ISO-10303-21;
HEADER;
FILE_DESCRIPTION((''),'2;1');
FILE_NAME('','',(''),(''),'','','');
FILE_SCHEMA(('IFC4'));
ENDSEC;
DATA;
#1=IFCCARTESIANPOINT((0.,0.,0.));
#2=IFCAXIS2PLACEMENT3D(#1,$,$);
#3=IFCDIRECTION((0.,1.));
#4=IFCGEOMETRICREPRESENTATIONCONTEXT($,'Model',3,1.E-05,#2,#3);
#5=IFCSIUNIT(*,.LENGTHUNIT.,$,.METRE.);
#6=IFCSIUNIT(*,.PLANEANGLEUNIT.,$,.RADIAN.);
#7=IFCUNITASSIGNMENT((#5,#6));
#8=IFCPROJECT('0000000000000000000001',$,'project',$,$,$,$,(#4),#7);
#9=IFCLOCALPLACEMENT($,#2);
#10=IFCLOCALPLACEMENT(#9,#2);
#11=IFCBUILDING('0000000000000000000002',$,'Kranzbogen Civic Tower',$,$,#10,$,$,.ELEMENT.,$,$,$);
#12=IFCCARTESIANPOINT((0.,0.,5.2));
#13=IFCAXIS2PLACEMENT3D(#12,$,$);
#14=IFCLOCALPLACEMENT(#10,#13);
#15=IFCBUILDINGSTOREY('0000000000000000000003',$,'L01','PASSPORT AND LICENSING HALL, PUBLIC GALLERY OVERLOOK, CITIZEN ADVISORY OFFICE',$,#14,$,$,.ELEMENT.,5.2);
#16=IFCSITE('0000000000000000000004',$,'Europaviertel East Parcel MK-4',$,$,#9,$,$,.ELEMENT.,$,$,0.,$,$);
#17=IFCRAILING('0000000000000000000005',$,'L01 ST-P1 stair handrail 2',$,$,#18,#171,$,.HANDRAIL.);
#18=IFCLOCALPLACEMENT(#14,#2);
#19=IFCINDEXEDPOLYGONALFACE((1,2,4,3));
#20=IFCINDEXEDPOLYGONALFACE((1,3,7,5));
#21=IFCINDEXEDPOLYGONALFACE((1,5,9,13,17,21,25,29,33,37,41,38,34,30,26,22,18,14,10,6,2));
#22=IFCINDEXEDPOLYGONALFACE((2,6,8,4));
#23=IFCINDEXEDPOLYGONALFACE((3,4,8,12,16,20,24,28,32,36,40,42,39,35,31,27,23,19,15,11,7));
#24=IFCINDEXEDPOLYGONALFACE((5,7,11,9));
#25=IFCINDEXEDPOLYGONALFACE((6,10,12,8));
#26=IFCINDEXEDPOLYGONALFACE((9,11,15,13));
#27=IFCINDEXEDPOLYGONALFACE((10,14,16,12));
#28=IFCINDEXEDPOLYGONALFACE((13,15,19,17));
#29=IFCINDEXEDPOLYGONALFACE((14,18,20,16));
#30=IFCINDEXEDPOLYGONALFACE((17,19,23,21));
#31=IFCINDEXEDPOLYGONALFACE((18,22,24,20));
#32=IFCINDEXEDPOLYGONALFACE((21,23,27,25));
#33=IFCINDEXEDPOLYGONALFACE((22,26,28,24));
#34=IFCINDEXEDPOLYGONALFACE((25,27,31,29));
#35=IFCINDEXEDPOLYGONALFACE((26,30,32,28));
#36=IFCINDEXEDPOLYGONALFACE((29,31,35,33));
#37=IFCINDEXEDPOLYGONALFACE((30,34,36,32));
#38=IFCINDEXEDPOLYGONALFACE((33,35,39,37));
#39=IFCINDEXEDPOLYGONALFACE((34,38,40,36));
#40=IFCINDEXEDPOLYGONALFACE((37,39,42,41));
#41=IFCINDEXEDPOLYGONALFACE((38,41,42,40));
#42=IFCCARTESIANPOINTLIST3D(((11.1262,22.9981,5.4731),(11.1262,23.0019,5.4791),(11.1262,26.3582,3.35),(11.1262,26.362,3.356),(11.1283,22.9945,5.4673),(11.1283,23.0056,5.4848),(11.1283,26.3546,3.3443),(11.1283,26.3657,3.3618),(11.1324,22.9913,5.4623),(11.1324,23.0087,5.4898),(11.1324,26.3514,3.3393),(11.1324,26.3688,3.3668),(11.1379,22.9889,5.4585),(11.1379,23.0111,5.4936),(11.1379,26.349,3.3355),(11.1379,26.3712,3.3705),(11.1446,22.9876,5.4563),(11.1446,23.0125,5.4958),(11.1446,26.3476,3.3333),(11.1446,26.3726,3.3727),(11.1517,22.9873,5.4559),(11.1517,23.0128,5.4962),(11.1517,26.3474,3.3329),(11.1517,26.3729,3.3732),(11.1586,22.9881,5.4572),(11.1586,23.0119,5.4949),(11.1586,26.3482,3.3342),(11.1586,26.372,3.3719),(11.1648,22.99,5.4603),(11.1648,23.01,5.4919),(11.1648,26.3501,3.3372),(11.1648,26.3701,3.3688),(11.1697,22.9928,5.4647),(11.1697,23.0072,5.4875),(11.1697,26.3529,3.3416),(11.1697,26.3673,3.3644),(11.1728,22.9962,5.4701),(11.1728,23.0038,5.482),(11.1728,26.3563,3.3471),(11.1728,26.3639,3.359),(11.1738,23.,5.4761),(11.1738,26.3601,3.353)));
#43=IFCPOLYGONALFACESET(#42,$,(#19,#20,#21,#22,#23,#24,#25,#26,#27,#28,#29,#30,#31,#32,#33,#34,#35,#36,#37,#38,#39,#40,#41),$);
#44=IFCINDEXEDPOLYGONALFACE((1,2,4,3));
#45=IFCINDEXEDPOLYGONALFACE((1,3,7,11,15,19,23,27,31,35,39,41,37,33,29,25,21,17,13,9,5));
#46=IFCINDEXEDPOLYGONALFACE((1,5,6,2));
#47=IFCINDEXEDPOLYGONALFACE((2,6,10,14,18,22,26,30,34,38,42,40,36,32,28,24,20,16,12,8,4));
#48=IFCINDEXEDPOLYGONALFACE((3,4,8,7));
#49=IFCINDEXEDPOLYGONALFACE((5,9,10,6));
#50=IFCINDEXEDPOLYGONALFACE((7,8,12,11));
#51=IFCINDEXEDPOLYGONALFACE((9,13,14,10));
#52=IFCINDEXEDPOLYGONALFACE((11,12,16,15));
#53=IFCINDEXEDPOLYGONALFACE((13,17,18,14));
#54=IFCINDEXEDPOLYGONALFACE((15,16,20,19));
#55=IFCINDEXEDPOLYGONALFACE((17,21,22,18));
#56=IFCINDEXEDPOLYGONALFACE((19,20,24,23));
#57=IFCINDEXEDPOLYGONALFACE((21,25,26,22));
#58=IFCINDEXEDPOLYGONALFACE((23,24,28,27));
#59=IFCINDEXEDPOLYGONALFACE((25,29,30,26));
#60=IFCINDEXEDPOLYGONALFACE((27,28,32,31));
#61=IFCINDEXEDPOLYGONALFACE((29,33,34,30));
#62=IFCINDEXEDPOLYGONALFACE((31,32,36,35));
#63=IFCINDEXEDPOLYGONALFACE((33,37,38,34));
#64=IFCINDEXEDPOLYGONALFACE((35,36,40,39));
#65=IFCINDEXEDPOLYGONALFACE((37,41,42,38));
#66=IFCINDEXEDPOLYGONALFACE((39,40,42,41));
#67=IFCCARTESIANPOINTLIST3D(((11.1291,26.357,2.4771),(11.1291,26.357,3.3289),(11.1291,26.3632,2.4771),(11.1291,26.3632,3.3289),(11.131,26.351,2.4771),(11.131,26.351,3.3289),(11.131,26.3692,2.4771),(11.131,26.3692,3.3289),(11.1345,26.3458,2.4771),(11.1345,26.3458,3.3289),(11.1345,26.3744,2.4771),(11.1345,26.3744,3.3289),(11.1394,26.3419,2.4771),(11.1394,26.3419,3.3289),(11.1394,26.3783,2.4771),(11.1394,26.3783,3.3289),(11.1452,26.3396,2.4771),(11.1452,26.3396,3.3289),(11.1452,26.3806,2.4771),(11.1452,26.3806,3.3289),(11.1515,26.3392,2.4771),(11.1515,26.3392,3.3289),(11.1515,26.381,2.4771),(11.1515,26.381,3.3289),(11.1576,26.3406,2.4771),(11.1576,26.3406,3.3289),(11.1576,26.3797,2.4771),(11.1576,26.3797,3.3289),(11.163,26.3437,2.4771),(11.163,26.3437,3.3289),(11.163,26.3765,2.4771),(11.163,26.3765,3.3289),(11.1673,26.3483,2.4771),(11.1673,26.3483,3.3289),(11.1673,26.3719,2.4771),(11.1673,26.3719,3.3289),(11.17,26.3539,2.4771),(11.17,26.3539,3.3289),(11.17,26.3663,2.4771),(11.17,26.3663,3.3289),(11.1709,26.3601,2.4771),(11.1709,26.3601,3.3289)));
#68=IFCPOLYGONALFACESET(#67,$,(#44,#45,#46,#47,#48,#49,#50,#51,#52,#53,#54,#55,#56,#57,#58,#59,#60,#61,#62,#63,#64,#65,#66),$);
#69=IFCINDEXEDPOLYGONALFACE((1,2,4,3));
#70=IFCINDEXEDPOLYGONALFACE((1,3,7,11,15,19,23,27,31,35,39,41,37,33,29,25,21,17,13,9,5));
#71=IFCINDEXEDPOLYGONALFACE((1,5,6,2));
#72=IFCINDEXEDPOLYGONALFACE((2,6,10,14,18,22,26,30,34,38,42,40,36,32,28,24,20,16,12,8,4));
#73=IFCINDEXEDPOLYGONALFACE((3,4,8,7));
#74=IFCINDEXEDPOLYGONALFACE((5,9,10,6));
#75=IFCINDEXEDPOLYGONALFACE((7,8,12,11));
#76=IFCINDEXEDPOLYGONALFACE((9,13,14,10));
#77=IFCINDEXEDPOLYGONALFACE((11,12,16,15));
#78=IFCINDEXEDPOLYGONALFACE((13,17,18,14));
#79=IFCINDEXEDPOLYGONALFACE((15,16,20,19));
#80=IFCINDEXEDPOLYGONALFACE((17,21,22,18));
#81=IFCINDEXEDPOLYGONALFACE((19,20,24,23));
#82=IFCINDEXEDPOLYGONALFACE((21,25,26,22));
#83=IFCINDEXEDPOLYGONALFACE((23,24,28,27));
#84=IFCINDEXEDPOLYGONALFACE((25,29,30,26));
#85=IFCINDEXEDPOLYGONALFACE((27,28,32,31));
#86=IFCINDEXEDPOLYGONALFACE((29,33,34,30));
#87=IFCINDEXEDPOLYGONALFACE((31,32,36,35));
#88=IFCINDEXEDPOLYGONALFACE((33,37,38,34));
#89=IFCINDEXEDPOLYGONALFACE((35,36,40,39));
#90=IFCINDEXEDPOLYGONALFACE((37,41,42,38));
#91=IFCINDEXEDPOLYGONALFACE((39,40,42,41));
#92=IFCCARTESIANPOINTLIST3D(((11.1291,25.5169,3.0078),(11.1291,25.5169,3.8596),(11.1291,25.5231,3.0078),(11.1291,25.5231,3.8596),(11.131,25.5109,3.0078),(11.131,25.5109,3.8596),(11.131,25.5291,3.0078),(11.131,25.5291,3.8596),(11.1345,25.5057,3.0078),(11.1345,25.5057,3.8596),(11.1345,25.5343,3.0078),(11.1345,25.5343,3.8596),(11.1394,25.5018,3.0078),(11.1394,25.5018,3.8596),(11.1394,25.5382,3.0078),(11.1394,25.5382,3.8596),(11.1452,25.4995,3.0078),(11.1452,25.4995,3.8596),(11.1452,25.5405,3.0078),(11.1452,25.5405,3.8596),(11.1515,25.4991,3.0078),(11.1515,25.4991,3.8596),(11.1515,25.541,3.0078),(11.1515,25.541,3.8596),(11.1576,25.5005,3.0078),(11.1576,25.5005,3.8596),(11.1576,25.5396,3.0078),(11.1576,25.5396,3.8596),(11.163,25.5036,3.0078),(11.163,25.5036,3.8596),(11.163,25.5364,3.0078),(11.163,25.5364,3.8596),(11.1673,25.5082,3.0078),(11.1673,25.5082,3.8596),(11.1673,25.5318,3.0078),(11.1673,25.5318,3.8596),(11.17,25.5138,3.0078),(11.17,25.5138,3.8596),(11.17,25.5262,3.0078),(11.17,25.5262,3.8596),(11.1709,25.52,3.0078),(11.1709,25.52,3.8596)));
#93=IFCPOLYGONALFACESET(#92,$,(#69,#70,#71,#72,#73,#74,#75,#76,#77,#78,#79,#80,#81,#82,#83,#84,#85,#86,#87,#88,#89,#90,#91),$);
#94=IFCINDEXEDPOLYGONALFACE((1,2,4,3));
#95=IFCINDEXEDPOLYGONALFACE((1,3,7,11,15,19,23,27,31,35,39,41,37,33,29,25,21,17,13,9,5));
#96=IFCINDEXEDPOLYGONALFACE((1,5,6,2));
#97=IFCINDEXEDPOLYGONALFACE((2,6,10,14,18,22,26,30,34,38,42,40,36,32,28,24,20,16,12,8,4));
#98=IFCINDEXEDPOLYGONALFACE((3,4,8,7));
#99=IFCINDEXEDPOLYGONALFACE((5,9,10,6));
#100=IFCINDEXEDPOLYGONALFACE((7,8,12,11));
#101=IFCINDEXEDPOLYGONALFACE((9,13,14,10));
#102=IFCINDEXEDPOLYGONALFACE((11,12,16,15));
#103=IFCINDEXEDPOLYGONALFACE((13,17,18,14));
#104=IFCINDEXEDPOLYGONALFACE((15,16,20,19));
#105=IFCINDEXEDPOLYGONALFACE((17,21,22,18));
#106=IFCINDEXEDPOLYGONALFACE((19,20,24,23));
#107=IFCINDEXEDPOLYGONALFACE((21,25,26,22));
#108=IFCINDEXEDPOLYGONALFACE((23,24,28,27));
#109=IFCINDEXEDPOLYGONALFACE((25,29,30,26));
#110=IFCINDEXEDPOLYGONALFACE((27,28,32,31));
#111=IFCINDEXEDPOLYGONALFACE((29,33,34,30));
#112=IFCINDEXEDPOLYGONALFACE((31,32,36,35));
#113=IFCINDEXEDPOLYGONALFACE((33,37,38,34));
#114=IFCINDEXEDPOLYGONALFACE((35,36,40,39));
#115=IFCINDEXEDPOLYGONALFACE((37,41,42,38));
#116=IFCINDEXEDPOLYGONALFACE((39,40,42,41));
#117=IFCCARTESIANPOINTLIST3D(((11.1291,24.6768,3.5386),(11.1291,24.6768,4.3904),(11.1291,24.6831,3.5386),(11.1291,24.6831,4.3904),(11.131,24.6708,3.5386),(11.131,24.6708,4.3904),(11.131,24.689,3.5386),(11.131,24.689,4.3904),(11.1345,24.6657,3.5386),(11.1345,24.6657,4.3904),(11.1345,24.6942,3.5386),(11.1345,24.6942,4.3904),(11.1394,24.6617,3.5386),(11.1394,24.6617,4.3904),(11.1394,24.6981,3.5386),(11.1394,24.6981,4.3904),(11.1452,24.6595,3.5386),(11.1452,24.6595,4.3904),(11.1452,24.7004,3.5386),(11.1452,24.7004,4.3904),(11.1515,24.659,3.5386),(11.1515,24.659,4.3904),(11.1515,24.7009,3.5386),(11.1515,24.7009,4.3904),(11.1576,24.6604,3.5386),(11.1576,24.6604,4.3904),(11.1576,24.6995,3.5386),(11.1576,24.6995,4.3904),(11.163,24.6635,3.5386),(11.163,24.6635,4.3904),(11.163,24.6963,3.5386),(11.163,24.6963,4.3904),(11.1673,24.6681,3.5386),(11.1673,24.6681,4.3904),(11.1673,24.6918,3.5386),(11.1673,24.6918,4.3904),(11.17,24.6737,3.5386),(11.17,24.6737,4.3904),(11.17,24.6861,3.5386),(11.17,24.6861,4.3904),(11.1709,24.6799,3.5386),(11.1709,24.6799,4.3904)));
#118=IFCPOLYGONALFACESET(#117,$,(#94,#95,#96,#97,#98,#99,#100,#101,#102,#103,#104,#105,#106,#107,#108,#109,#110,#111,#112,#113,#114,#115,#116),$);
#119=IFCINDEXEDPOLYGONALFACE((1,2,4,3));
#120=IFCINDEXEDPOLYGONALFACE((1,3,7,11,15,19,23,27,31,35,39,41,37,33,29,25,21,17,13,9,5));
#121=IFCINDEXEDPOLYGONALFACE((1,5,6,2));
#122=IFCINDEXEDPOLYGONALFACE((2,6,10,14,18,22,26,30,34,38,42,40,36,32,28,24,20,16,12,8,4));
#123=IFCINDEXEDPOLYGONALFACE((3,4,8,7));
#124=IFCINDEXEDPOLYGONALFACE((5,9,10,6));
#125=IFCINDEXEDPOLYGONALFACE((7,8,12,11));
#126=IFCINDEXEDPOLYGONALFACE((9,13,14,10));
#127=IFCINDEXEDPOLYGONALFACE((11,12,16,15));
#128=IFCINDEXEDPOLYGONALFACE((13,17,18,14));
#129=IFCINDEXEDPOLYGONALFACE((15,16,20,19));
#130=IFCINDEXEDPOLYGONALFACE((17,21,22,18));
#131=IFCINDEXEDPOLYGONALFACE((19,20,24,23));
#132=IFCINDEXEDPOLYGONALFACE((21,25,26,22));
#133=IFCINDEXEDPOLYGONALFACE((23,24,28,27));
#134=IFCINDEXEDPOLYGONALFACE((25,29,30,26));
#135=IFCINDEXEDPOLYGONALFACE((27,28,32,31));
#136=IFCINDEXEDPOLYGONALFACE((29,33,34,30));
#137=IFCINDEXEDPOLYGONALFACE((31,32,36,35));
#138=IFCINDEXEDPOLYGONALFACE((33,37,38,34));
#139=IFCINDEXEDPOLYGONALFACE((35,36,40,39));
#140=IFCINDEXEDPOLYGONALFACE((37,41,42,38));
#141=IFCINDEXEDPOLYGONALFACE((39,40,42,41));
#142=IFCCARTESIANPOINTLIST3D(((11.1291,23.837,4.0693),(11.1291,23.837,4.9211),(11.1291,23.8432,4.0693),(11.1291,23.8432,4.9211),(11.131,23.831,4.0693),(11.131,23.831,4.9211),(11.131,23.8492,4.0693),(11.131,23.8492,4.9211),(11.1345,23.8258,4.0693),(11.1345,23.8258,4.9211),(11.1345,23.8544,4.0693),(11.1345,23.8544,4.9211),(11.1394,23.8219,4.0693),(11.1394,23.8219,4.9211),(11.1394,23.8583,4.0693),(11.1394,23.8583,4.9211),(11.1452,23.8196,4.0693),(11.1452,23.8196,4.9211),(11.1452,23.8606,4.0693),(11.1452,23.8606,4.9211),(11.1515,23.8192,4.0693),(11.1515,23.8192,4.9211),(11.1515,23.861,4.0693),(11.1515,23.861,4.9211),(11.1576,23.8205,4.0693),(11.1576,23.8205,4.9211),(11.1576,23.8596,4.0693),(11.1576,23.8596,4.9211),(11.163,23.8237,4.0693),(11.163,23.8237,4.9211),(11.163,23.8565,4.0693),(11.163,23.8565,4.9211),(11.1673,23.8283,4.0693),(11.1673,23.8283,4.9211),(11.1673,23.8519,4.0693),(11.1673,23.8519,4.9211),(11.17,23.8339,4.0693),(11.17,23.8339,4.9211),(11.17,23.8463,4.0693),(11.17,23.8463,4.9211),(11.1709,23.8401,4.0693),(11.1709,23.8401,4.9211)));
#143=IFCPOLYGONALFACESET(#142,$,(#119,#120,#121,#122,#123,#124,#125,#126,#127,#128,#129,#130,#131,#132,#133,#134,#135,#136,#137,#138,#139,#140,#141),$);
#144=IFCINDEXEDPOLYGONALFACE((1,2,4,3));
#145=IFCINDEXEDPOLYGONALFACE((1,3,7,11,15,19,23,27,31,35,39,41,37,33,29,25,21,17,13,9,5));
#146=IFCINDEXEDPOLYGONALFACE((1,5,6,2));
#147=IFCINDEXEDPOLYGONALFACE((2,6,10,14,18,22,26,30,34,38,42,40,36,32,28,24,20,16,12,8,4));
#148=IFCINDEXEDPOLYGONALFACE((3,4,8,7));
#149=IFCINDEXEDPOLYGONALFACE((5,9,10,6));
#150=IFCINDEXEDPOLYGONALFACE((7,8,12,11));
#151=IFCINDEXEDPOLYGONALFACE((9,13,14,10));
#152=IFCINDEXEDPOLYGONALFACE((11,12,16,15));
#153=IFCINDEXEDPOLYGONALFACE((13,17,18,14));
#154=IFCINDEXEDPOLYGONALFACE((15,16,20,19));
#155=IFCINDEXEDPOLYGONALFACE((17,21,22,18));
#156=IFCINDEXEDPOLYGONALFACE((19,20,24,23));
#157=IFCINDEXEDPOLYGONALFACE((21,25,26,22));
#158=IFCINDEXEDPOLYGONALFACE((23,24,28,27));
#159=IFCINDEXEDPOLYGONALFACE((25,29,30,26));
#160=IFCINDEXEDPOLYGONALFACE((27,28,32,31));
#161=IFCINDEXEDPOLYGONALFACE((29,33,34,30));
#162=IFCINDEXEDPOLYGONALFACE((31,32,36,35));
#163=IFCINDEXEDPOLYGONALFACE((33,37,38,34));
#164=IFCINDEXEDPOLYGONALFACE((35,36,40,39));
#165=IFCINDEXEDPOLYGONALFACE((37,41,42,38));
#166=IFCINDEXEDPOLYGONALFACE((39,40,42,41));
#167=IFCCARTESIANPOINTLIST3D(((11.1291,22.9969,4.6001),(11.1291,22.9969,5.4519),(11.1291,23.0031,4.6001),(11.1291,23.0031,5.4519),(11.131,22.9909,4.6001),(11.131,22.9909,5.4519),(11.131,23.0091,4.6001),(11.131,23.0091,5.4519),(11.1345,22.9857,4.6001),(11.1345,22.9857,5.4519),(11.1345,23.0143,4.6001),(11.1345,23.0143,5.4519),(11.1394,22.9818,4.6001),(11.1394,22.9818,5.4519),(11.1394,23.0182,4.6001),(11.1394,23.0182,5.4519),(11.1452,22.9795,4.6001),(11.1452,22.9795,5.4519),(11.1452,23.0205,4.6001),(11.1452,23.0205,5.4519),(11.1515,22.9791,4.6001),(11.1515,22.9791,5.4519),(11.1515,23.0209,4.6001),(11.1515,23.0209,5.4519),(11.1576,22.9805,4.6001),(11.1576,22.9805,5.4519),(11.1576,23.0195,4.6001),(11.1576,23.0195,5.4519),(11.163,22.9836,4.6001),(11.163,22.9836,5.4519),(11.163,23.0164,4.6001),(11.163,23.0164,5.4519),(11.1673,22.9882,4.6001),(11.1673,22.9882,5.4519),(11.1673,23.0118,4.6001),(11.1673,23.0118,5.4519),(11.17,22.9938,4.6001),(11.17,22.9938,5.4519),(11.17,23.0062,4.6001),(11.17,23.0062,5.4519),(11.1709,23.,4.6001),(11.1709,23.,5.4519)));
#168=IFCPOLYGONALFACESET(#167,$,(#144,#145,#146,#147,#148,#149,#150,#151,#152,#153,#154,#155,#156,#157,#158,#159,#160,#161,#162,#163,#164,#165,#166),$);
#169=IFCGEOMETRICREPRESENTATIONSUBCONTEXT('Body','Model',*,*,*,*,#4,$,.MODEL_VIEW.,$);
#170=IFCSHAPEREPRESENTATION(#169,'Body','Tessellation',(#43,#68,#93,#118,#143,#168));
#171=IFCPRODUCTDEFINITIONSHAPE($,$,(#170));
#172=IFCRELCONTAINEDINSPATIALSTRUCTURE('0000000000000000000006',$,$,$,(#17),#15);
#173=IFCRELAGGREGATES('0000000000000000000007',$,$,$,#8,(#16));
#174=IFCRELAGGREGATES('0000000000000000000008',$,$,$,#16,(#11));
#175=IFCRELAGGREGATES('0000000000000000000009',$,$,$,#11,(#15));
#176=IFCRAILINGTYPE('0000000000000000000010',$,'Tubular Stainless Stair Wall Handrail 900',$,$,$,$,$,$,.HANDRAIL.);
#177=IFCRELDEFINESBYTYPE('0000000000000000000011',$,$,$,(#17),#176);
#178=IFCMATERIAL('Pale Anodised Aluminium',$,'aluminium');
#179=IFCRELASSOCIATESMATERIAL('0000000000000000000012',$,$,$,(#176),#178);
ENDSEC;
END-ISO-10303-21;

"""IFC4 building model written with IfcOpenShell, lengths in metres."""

from ifc_helpers import new_model, si_unit, direction, frame, origin, origin_2d, place, context, subcontext, project, spatial, circle, extrude, material, type_object, element, save


model = new_model("IFC4")

# Units and contexts
model_context = context("Model", 3, precision=1e-05, world=origin(), true_north=direction((0.0, 1.0)))
body_context = subcontext(model_context, "Body", "Model", "MODEL_VIEW")
ifc_project = project(units=[si_unit("LENGTHUNIT", "METRE"), si_unit("PLANEANGLEUNIT", "RADIAN")], contexts=[model_context])

# Site, building, storey
site_placement = place(None, origin())
site = spatial("IfcSite", under=ifc_project, at=site_placement, Name="Europaviertel East Parcel MK-4", CompositionType="ELEMENT", RefElevation=0.0)
building_placement = place(site_placement, origin())
building = spatial("IfcBuilding", under=site, at=building_placement, Name="Kranzbogen Civic Tower", CompositionType="ELEMENT")
storey_placement = place(building_placement, frame((0.0, 0.0, 5.2)))
storey = spatial("IfcBuildingStorey", under=building, at=storey_placement, Name="L01", Description="PASSPORT AND LICENSING HALL, PUBLIC GALLERY OVERLOOK, CITIZEN ADVISORY OFFICE", CompositionType="ELEMENT", Elevation=5.2)

# Shared definitions
ifc_material_1 = material(Name="Pale Anodised Aluminium", Category="aluminium")

# Railing
railing_type_1 = type_object("IfcRailingType", Name="Tubular Stainless Stair Wall Handrail 900", PredefinedType="HANDRAIL", material=ifc_material_1)
railing_1_placement = place(storey_placement, frame((11.1499, 26.3601, 2.4771)))
element("IfcRailing", 1, at=railing_1_placement, inside=storey, type_object=railing_type_1, Name="L01 ST-P1 stair handrail 2", PredefinedType="HANDRAIL", context=body_context, shape_type="SweptSolid", body=[
    extrude(circle(Radius=0.0239, at=origin_2d()), frame((0.0, 0.0, 0.876), z_axis=(0.0, -0.84539, 0.53415), x_axis=(1.0, 0.0, 0.0)), (0.0, 0.0, 1.0), 3.9746),
    extrude(circle(Radius=0.021, at=origin_2d()), origin(), (0.0, 0.0, 1.0), 0.8518),
    extrude(circle(Radius=0.021, at=origin_2d()), frame((0.0, -0.8401, 0.5308)), (0.0, 0.0, 1.0), 0.8518),
    extrude(circle(Radius=0.021, at=origin_2d()), frame((0.0, -1.6802, 1.0615)), (0.0, 0.0, 1.0), 0.8518),
    extrude(circle(Radius=0.021, at=origin_2d()), frame((0.0, -2.52, 1.5923)), (0.0, 0.0, 1.0), 0.8518),
    extrude(circle(Radius=0.021, at=origin_2d()), frame((0.0, -3.3601, 2.123)), (0.0, 0.0, 1.0), 0.8518),
])

save(model, "model.ifc")
